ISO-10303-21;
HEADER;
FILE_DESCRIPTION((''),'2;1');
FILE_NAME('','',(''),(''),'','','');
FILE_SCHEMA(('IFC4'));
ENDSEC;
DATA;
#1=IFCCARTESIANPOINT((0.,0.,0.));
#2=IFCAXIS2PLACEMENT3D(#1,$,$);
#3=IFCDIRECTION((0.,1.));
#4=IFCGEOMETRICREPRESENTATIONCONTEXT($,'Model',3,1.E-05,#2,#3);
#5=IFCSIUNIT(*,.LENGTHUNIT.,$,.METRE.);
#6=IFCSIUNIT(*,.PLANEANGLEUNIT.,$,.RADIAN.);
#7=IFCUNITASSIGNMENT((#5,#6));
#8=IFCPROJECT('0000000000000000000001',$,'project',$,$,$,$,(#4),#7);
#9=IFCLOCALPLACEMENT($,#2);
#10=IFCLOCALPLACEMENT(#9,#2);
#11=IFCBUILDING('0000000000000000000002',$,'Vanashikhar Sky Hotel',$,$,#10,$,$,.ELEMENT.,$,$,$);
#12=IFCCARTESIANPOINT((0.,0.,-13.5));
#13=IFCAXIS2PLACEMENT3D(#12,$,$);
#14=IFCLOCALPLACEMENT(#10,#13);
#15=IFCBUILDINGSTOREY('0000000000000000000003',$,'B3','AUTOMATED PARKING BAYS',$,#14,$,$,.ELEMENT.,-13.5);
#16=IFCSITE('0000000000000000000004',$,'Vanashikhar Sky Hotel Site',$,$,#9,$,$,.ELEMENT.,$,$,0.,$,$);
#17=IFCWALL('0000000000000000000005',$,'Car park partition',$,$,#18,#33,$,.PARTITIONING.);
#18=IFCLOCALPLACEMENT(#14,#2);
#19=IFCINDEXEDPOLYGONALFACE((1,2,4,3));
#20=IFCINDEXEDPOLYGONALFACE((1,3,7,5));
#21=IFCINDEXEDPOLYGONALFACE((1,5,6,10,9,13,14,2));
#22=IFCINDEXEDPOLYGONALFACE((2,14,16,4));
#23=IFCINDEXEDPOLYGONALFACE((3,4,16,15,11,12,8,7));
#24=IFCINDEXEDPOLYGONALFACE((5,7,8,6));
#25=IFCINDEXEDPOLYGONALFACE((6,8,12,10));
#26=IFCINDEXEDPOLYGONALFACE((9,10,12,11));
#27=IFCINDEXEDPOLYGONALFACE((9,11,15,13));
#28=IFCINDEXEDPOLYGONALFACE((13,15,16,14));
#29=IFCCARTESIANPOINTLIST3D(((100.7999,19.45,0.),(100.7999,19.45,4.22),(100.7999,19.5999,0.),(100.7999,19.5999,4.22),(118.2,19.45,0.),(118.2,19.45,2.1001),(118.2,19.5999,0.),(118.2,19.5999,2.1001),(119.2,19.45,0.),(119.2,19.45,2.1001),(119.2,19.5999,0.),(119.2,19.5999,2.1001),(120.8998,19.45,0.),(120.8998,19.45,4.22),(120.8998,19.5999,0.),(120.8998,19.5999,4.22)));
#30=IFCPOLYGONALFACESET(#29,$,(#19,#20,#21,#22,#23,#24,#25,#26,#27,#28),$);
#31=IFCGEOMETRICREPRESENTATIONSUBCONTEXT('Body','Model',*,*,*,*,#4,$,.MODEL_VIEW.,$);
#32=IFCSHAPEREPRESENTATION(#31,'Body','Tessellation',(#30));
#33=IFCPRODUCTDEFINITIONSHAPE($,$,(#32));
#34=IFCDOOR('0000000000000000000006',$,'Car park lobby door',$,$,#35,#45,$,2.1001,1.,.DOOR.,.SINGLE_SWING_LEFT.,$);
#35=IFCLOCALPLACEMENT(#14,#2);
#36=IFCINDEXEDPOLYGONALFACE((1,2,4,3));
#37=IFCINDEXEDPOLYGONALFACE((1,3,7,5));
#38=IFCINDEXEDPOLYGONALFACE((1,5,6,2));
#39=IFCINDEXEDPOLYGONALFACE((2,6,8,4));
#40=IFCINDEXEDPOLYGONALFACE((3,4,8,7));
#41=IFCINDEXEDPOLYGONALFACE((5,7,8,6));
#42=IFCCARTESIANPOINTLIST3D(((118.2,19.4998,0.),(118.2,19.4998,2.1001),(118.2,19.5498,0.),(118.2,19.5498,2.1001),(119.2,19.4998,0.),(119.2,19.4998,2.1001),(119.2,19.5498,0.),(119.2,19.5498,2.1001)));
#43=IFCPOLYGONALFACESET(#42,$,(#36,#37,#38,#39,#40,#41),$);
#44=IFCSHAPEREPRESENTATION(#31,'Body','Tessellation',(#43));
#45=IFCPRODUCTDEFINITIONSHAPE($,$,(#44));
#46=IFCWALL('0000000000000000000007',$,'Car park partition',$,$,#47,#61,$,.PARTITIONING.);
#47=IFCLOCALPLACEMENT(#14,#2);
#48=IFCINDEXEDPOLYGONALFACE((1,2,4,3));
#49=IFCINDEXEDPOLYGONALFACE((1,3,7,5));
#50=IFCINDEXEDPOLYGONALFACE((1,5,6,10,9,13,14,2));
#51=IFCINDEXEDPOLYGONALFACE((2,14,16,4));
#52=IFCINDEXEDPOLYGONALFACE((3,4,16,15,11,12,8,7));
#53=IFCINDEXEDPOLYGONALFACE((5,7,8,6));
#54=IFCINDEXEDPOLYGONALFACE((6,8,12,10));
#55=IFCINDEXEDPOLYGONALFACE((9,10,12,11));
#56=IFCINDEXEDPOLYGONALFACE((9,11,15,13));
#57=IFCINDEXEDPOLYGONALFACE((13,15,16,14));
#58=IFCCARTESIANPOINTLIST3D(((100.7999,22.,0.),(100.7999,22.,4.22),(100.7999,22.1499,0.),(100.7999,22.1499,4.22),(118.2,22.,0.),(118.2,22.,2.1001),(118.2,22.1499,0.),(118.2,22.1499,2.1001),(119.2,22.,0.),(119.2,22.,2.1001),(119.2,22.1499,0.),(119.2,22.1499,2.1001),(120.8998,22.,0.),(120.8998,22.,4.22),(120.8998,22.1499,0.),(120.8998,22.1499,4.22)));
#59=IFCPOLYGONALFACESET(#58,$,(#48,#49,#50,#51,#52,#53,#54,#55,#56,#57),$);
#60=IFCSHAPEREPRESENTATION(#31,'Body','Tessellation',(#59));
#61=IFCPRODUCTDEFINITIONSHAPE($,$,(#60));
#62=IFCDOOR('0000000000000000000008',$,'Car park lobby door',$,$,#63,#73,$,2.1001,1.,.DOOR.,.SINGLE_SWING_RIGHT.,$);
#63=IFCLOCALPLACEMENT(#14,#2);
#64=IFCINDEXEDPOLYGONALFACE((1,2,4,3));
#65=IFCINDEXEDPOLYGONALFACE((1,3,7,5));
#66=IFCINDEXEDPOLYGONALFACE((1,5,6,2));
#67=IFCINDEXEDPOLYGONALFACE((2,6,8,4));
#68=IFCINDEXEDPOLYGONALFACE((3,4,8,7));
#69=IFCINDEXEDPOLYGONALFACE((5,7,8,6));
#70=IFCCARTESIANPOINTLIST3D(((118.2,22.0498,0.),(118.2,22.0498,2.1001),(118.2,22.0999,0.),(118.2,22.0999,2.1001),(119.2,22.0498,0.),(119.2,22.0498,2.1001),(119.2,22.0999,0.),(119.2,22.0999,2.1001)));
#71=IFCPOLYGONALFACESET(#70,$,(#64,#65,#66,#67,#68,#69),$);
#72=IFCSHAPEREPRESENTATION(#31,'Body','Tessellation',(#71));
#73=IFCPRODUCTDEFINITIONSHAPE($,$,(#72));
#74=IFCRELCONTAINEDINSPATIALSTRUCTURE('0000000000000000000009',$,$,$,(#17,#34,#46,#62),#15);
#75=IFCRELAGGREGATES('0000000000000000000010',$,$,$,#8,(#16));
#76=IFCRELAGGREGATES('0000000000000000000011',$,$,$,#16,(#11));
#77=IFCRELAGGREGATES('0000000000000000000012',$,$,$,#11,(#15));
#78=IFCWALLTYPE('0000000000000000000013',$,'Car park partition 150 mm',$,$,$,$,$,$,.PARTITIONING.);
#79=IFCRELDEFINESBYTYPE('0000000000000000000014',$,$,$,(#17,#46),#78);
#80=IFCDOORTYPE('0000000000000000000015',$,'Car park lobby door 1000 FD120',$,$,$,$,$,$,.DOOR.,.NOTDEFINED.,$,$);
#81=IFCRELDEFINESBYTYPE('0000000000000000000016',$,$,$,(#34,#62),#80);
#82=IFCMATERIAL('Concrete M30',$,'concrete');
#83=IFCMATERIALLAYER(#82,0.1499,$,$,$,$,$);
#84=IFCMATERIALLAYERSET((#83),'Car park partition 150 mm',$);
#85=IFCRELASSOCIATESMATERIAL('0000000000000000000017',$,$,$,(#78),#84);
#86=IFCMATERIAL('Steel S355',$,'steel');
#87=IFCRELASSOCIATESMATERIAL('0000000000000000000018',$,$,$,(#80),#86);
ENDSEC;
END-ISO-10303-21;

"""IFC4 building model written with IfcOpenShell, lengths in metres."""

from ifc_helpers import new_model, si_unit, direction, frame, frame_2d, origin, place, context, subcontext, project, spatial, rectangle, extrude, source, transform, mapped, material, layer, layer_set, type_object, element, fill, save


model = new_model("IFC4")

# Units and contexts
model_context = context("Model", 3, precision=1e-05, world=origin(), true_north=direction((0.0, 1.0)))
body_context = subcontext(model_context, "Body", "Model", "MODEL_VIEW")
ifc_project = project(units=[si_unit("LENGTHUNIT", "METRE"), si_unit("PLANEANGLEUNIT", "RADIAN")], contexts=[model_context])

# Site, building, storey
site_placement = place(None, origin())
site = spatial("IfcSite", under=ifc_project, at=site_placement, Name="Vanashikhar Sky Hotel Site", CompositionType="ELEMENT", RefElevation=0.0)
building_placement = place(site_placement, origin())
building = spatial("IfcBuilding", under=site, at=building_placement, Name="Vanashikhar Sky Hotel", CompositionType="ELEMENT")
storey_placement = place(building_placement, frame((0.0, 0.0, -13.5)))
storey = spatial("IfcBuildingStorey", under=building, at=storey_placement, Name="B3", Description="AUTOMATED PARKING BAYS", CompositionType="ELEMENT", Elevation=-13.5)

# Walls, openings, doors
ifc_material_1 = material(Name="Concrete M30", Category="concrete")
ifc_layer_1 = layer(ifc_material_1, 0.1499)
ifc_layer_set_1 = layer_set([ifc_layer_1], Name="Car park partition 150 mm")
wall_type_1 = type_object("IfcWallType", Name="Car park partition 150 mm", PredefinedType="PARTITIONING", material=ifc_layer_set_1)
shared_shape_1 = source(origin(), body_context, "Body", "SweptSolid", [
    extrude(rectangle(XDim=1.0, YDim=2.1001, at=frame_2d((0.5, 1.05))), frame((0.0, 0.085, 0.0), z_axis=(0.0, -1.0, 0.0), x_axis=(1.0, 0.0, 0.0)), (0.0, 0.0, 1.0), 0.1699),
])
ifc_material_2 = material(Name="Steel S355", Category="steel")
door_type = type_object("IfcDoorType", Name="Car park lobby door 1000 FD120", OperationType="NOTDEFINED", PredefinedType="DOOR", material=ifc_material_2)
shared_shape_2 = source(origin(), body_context, "Body", "SweptSolid", [
    extrude(rectangle(XDim=1.0, YDim=2.1001, at=frame_2d((0.5, 1.05))), frame((0.0, 0.0249, 0.0), z_axis=(0.0, -1.0, 0.0), x_axis=(1.0, 0.0, 0.0)), (0.0, 0.0, 1.0), 0.05),
])
shared_shape_3 = source(origin(), body_context, "Body", "SweptSolid", [
    extrude(rectangle(XDim=20.0999, YDim=0.1499, at=frame_2d((10.0498, 0.0))), origin(), (0.0, 0.0, 1.0), 4.22),
])
wall_1_placement = place(storey_placement, frame((100.8, 19.5249, 0.0), z_axis=(0.0, 0.0, 1.0), x_axis=(1.0, 0.0, 0.0)))
wall_1 = element("IfcWall", 1, at=wall_1_placement, inside=storey, type_object=wall_type_1, Name="Car park partition", PredefinedType="PARTITIONING", context=body_context, shape_type="MappedRepresentation", body=[
    mapped(shared_shape_3, transform((0.0, 0.0, 0.0), scale=1.0)),
])
opening_1_placement = place(wall_1_placement, frame((17.3999, 0.0, 0.0)))
opening_1 = element("IfcOpeningElement", 2, at=opening_1_placement, cuts=wall_1, PredefinedType="OPENING", context=body_context, shape_type="MappedRepresentation", body=[
    mapped(shared_shape_1, transform((0.0, 0.0, 0.0), scale=1.0)),
])
door_1_placement = place(opening_1_placement, origin())
door_1 = element("IfcDoor", 3, at=door_1_placement, inside=storey, type_object=door_type, Name="Car park lobby door", OperationType="SINGLE_SWING_LEFT", OverallHeight=2.1001, OverallWidth=1.0, PredefinedType="DOOR", context=body_context, shape_type="MappedRepresentation", body=[
    mapped(shared_shape_2, transform((0.0, 0.0, 0.0), scale=1.0)),
])
fill(opening_1, door_1)
wall_2_placement = place(storey_placement, frame((100.8, 22.075, 0.0), z_axis=(0.0, 0.0, 1.0), x_axis=(1.0, 0.0, 0.0)))
wall_2 = element("IfcWall", 4, at=wall_2_placement, inside=storey, type_object=wall_type_1, Name="Car park partition", PredefinedType="PARTITIONING", context=body_context, shape_type="MappedRepresentation", body=[
    mapped(shared_shape_3, transform((0.0, 0.0, 0.0), scale=1.0)),
])
opening_2_placement = place(wall_2_placement, frame((17.3999, 0.0, 0.0)))
opening_2 = element("IfcOpeningElement", 5, at=opening_2_placement, cuts=wall_2, PredefinedType="OPENING", context=body_context, shape_type="MappedRepresentation", body=[
    mapped(shared_shape_1, transform((0.0, 0.0, 0.0), scale=1.0)),
])
door_2_placement = place(opening_2_placement, origin())
door_2 = element("IfcDoor", 6, at=door_2_placement, inside=storey, type_object=door_type, Name="Car park lobby door", OperationType="SINGLE_SWING_RIGHT", OverallHeight=2.1001, OverallWidth=1.0, PredefinedType="DOOR", context=body_context, shape_type="MappedRepresentation", body=[
    mapped(shared_shape_2, transform((0.0, 0.0, 0.0), scale=1.0)),
])
fill(opening_2, door_2)

save(model, "model.ifc")
